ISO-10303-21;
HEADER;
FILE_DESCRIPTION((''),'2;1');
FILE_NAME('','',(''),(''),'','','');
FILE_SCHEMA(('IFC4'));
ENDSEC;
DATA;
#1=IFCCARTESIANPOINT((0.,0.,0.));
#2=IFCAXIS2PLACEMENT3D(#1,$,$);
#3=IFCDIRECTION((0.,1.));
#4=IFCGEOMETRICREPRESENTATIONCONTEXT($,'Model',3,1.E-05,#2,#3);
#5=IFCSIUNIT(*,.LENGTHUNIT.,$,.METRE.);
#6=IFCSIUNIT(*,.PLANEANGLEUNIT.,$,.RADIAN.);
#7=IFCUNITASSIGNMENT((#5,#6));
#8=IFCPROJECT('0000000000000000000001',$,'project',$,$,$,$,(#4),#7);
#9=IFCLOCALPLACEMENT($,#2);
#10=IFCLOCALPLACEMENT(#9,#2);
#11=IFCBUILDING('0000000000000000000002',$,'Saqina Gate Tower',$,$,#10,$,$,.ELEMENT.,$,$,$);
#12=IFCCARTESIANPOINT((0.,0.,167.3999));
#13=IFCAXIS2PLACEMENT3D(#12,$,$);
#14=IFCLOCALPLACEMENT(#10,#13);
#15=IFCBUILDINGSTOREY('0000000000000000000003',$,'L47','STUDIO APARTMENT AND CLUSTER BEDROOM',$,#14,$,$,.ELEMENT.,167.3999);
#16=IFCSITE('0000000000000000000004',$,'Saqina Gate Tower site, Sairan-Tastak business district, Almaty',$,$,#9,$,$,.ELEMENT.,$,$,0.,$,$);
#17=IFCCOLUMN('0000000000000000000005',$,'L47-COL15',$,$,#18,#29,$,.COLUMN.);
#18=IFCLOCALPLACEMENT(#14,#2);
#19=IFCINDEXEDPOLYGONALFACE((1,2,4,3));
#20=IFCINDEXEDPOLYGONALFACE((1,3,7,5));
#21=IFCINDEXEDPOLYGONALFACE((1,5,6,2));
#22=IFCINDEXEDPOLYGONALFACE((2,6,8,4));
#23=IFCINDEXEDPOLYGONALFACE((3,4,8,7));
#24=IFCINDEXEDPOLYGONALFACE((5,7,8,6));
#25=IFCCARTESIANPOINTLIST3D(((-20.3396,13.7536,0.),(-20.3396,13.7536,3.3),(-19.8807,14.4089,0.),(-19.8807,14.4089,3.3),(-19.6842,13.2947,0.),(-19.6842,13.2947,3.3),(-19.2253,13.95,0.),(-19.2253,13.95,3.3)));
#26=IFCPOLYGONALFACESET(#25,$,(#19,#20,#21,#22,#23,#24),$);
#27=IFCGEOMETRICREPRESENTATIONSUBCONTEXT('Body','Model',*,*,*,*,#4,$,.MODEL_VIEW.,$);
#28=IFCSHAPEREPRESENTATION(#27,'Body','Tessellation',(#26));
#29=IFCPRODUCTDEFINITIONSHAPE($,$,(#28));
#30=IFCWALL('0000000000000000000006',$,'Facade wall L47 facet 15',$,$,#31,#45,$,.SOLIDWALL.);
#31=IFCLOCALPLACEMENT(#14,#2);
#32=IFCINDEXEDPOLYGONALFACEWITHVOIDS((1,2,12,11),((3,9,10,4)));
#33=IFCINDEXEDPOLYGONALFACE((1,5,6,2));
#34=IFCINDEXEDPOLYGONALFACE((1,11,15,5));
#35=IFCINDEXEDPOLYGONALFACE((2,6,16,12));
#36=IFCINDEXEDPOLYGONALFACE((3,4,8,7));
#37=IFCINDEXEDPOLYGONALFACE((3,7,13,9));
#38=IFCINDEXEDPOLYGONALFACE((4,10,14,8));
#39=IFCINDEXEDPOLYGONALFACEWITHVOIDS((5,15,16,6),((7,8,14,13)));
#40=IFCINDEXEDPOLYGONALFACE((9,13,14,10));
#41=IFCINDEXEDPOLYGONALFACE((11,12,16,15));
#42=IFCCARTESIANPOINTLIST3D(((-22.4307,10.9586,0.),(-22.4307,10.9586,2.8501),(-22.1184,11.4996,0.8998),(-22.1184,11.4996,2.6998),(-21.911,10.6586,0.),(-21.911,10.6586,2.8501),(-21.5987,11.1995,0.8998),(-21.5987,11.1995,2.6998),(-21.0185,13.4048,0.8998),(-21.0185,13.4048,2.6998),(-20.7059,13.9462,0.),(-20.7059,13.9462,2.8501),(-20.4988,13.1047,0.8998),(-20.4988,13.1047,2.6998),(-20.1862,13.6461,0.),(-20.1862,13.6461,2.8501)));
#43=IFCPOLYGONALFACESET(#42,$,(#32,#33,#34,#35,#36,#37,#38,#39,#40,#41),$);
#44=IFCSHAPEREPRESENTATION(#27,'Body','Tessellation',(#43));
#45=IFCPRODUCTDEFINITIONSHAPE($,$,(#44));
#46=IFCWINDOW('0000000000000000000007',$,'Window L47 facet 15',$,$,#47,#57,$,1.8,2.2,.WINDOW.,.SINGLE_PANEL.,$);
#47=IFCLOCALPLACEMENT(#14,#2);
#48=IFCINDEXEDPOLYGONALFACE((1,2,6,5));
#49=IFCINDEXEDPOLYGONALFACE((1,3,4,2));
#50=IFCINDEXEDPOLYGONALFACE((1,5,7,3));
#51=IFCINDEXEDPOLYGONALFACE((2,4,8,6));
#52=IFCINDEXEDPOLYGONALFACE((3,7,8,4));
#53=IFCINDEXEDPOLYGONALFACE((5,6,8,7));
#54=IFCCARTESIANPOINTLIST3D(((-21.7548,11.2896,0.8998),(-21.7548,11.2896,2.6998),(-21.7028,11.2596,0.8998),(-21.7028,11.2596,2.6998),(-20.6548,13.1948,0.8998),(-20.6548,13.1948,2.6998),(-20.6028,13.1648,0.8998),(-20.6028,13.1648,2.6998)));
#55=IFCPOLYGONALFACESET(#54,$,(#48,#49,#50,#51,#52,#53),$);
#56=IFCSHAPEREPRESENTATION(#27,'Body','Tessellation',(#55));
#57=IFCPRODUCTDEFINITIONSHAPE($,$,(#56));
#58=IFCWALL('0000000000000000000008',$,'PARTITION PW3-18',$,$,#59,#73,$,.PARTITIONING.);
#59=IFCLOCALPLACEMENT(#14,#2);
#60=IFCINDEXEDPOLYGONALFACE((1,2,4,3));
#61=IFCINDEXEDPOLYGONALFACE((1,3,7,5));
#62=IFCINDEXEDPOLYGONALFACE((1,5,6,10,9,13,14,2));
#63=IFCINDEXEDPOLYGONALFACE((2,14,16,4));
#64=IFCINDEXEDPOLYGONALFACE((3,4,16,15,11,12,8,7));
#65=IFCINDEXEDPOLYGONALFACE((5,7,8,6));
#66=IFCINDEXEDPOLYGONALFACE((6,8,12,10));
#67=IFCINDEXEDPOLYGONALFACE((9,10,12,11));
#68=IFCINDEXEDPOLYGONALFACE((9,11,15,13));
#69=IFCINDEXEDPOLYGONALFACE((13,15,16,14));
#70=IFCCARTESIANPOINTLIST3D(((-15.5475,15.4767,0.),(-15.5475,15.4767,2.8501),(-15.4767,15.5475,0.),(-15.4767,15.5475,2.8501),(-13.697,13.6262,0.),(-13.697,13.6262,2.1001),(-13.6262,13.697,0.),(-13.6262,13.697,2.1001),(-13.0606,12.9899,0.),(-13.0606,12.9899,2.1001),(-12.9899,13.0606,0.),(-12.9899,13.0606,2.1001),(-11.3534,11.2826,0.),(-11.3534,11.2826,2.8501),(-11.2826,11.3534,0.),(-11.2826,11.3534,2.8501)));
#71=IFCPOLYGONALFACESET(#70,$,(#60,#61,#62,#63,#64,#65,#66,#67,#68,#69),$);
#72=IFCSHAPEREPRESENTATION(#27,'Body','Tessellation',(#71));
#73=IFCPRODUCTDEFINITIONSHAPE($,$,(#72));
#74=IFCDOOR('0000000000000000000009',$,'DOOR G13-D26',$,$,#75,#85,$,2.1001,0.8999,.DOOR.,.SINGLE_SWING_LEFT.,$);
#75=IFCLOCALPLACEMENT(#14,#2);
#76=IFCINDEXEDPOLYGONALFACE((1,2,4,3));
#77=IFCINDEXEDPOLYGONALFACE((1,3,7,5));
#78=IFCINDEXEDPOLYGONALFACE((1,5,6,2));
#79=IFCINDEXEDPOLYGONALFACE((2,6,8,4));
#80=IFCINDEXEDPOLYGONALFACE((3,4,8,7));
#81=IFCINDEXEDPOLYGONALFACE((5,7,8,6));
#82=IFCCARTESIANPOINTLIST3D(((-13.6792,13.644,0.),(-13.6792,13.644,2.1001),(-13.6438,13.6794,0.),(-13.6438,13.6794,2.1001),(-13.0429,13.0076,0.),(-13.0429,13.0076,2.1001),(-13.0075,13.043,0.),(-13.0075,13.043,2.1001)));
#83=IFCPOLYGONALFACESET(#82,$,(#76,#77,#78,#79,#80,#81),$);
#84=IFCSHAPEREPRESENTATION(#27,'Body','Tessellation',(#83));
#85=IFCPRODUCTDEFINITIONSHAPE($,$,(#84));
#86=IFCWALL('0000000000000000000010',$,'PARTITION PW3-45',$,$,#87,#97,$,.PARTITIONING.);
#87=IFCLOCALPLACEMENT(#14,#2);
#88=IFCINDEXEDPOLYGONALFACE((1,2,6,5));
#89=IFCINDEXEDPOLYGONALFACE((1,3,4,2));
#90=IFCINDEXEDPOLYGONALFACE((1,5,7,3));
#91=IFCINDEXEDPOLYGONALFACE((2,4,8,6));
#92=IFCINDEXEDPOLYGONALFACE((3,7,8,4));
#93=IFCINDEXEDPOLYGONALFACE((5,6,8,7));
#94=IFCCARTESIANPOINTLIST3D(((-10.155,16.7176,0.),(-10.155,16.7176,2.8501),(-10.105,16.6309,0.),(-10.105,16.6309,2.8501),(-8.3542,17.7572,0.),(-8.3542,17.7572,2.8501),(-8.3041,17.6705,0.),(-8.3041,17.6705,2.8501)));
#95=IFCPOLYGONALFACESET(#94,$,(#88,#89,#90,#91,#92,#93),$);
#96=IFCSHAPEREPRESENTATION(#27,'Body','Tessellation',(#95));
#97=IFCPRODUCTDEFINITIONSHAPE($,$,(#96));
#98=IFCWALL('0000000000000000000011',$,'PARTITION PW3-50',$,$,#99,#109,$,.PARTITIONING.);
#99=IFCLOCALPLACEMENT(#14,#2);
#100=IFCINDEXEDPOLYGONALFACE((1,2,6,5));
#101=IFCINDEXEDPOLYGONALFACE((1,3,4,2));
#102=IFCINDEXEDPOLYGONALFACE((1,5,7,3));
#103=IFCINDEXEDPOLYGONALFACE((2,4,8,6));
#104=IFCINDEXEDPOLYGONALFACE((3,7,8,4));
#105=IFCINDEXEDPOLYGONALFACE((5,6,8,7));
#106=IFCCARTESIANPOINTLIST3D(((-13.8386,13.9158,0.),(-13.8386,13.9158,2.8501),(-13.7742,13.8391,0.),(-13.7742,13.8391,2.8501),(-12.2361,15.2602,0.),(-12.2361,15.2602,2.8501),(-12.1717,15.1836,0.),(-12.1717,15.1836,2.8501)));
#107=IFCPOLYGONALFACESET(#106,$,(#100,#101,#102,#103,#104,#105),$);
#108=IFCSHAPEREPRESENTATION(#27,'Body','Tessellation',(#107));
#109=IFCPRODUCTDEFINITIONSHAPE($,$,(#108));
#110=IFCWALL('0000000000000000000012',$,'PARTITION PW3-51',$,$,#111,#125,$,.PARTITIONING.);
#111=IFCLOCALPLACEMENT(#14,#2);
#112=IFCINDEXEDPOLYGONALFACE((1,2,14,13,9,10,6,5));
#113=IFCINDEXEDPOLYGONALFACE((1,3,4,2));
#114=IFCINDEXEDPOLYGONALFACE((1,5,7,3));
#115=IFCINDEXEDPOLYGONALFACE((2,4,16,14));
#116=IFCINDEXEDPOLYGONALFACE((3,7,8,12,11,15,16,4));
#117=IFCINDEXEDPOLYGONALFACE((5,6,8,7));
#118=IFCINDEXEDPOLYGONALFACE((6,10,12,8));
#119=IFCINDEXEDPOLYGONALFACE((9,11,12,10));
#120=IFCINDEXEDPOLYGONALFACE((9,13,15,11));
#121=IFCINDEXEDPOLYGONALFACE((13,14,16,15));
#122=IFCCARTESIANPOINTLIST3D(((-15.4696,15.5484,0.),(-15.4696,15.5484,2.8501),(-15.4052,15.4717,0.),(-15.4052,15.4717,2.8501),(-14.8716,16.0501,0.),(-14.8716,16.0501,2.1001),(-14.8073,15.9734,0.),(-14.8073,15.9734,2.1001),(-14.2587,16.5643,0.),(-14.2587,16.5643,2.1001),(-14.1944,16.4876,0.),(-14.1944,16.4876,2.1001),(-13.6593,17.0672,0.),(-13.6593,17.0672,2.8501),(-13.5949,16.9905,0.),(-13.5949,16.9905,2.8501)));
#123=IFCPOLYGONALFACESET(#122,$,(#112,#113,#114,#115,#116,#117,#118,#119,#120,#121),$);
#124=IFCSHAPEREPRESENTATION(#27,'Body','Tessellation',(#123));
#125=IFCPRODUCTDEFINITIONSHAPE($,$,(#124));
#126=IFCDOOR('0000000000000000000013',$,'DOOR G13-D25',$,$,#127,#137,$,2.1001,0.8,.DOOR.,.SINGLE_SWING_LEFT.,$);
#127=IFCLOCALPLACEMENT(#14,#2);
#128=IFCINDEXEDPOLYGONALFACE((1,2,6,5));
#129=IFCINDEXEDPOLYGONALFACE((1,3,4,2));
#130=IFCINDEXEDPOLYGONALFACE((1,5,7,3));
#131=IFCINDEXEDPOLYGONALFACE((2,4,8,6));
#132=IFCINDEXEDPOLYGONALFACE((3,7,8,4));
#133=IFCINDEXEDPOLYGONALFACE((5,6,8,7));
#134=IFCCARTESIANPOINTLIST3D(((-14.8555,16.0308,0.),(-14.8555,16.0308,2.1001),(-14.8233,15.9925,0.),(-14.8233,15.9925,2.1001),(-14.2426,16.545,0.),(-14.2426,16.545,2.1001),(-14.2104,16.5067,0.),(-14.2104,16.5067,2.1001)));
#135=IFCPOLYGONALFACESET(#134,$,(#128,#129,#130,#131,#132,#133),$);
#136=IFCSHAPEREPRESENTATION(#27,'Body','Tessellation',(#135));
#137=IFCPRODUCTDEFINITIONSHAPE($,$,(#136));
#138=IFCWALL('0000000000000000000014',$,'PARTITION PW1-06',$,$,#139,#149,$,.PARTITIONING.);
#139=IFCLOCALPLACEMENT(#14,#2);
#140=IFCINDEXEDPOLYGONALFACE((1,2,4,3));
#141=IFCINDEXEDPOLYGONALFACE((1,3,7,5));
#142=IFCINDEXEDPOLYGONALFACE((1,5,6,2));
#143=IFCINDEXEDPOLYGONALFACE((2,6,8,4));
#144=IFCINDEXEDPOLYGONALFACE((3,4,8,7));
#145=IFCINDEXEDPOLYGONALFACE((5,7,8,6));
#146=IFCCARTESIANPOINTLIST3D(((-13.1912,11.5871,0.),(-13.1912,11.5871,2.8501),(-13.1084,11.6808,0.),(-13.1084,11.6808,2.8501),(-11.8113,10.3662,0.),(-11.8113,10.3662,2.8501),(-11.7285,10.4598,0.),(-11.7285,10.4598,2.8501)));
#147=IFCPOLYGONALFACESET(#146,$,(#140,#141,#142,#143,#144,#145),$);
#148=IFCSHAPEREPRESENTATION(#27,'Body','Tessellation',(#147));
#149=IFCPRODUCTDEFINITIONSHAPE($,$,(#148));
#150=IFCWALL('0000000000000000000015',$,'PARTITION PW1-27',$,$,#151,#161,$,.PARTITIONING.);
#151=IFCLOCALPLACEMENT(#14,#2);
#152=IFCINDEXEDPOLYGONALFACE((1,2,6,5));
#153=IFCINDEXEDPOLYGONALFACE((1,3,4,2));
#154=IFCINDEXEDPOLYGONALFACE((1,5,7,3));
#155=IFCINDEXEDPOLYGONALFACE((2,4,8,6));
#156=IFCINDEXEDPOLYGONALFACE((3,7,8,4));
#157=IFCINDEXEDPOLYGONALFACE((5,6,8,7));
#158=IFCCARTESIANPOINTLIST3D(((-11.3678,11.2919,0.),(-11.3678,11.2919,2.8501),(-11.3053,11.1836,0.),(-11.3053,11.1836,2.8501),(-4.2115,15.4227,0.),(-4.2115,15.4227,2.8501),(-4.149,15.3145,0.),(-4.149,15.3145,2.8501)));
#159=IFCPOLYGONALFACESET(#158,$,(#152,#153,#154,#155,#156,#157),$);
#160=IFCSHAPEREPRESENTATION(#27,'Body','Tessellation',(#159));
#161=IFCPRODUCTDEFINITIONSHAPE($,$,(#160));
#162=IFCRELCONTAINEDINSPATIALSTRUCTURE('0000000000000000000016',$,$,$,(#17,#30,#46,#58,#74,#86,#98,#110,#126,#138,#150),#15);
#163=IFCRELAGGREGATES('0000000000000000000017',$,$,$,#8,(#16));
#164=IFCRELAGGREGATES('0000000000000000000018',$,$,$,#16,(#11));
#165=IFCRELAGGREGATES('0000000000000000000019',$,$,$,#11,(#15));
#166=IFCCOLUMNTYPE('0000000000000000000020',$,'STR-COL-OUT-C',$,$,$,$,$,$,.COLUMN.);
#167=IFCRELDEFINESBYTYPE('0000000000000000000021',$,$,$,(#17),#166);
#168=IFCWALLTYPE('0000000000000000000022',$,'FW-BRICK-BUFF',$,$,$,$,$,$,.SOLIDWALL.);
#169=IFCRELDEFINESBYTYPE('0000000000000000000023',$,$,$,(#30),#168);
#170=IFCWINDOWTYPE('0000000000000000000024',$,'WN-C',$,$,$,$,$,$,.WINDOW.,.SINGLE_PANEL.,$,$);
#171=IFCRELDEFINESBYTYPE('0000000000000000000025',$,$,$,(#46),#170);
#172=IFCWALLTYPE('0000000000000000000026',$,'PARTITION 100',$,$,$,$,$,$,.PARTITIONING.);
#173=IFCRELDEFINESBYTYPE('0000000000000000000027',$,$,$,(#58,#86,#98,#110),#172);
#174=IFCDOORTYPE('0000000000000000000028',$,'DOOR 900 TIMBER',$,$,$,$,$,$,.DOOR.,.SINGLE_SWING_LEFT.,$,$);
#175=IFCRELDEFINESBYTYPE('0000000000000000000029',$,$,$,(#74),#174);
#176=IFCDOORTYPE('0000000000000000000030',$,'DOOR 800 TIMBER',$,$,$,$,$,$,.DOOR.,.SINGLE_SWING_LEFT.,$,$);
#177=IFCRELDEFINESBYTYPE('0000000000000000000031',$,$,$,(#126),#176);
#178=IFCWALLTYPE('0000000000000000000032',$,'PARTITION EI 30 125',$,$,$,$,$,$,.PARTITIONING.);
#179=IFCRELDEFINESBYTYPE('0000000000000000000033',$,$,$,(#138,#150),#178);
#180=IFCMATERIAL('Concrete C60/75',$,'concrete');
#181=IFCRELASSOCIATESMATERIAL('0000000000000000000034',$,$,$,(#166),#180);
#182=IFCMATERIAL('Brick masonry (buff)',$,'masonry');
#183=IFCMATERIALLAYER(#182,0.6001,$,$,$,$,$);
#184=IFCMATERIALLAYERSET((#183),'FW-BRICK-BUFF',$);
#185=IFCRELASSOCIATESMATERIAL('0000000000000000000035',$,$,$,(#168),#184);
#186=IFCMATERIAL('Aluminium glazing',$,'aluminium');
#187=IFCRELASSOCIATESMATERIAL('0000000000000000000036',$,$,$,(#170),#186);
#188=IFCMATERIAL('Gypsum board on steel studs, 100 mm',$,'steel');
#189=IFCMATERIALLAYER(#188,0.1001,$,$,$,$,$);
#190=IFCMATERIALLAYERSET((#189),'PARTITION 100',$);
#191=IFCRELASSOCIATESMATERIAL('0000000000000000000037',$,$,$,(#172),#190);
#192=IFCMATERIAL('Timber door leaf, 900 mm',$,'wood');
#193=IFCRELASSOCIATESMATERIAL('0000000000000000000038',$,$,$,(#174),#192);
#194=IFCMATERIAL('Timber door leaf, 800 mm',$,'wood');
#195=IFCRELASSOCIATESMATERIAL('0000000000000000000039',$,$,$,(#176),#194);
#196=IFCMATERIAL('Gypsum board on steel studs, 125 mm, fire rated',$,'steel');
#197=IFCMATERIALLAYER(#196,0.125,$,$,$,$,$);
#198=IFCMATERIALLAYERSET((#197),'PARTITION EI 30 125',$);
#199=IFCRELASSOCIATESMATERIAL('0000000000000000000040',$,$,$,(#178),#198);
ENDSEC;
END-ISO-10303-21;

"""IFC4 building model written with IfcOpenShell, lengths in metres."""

from ifc_helpers import new_model, si_unit, direction, frame, frame_2d, origin, origin_2d, place, context, subcontext, project, spatial, rectangle, extrude, material, layer, layer_set, material_profile, profile_set, type_object, element, fill, save


model = new_model("IFC4")

# Units and contexts
model_context = context("Model", 3, precision=1e-05, world=origin(), true_north=direction((0.0, 1.0)))
body_context = subcontext(model_context, "Body", "Model", "MODEL_VIEW")
ifc_project = project(units=[si_unit("LENGTHUNIT", "METRE"), si_unit("PLANEANGLEUNIT", "RADIAN")], contexts=[model_context])

# Site, building, storey
site_placement = place(None, origin())
site = spatial("IfcSite", under=ifc_project, at=site_placement, Name="Saqina Gate Tower site, Sairan-Tastak business district, Almaty", CompositionType="ELEMENT", RefElevation=0.0)
building_placement = place(site_placement, origin())
building = spatial("IfcBuilding", under=site, at=building_placement, Name="Saqina Gate Tower", CompositionType="ELEMENT")
storey_placement = place(building_placement, frame((0.0, 0.0, 167.3999)))
storey = spatial("IfcBuildingStorey", under=building, at=storey_placement, Name="L47", Description="STUDIO APARTMENT AND CLUSTER BEDROOM", CompositionType="ELEMENT", Elevation=167.3999)

# Column
ifc_material_1 = material(Name="Concrete C60/75", Category="concrete")
ifc_material_profile = material_profile(ifc_material_1, rectangle(XDim=0.8, YDim=0.8, at=origin_2d()), Name="RC 800x800")
ifc_profile_set = profile_set([ifc_material_profile], Name="Concrete C60/75")
column_type = type_object("IfcColumnType", Name="STR-COL-OUT-C", PredefinedType="COLUMN", material=ifc_profile_set)
column_placement = place(storey_placement, frame((-19.7825, 13.8518, 0.0), z_axis=(0.0, 0.0, 1.0), x_axis=(-0.819152, 0.573576, 0.0)))
element("IfcColumn", 1, at=column_placement, inside=storey, type_object=column_type, Name="L47-COL15", PredefinedType="COLUMN", context=body_context, shape_type="SweptSolid", body=[
    extrude(rectangle(XDim=0.8, YDim=0.8, at=origin_2d()), origin(), (0.0, 0.0, 1.0), 3.3),
])

# Wall, opening, window
ifc_material_2 = material(Name="Brick masonry (buff)", Category="masonry")
ifc_layer_1 = layer(ifc_material_2, 0.6001)
ifc_layer_set_1 = layer_set([ifc_layer_1], Name="FW-BRICK-BUFF")
wall_type_1 = type_object("IfcWallType", Name="FW-BRICK-BUFF", PredefinedType="SOLIDWALL", material=ifc_layer_set_1)
wall_1_placement = place(storey_placement, frame((-20.446, 13.7961, 0.0), z_axis=(0.0, 0.0, 1.0), x_axis=(-0.499998, -0.866026, 0.0)))
wall_1 = element("IfcWall", 2, at=wall_1_placement, inside=storey, type_object=wall_type_1, Name="Facade wall L47 facet 15", PredefinedType="SOLIDWALL", context=body_context, shape_type="SweptSolid", body=[
    extrude(rectangle(XDim=3.4497, YDim=0.6001, at=frame_2d((1.7249, 0.0))), origin(), (0.0, 0.0, 1.0), 2.8501),
])
opening_1_placement = place(wall_1_placement, frame((0.625, 0.0, 0.8999)))
opening_1 = element("IfcOpeningElement", 3, at=opening_1_placement, cuts=wall_1, PredefinedType="OPENING", context=body_context, shape_type="SweptSolid", body=[
    extrude(rectangle(XDim=2.2, YDim=1.8, at=frame_2d((1.1001, 0.8999))), frame((0.0, 0.312, 0.0), z_axis=(0.0, -1.0, 0.0), x_axis=(1.0, 0.0, 0.0)), (0.0, 0.0, 1.0), 0.624),
])
ifc_material_3 = material(Name="Aluminium glazing", Category="aluminium")
window_type = type_object("IfcWindowType", Name="WN-C", PartitioningType="SINGLE_PANEL", PredefinedType="WINDOW", material=ifc_material_3)
window_placement = place(opening_1_placement, origin())
window = element("IfcWindow", 4, at=window_placement, inside=storey, type_object=window_type, Name="Window L47 facet 15", OverallHeight=1.8, OverallWidth=2.2, PartitioningType="SINGLE_PANEL", PredefinedType="WINDOW", context=body_context, shape_type="SweptSolid", body=[
    extrude(rectangle(XDim=2.2, YDim=1.8, at=frame_2d((1.1001, 0.8999))), frame((0.0, 0.1799, 0.0), z_axis=(0.0, -1.0, 0.0), x_axis=(1.0, 0.0, 0.0)), (0.0, 0.0, 1.0), 0.0601),
])
fill(opening_1, window)

# Wall, opening, door
ifc_material_4 = material(Name="Gypsum board on steel studs, 100 mm", Category="steel")
ifc_layer_2 = layer(ifc_material_4, 0.1001)
ifc_layer_set_2 = layer_set([ifc_layer_2], Name="PARTITION 100")
wall_type_2 = type_object("IfcWallType", Name="PARTITION 100", PredefinedType="PARTITIONING", material=ifc_layer_set_2)
wall_2_placement = place(storey_placement, frame((-15.5122, 15.5122, 0.0), z_axis=(0.0, 0.0, 1.0), x_axis=(0.707107, -0.707107, 0.0)))
wall_2 = element("IfcWall", 5, at=wall_2_placement, inside=storey, type_object=wall_type_2, Name="PARTITION PW3-18", PredefinedType="PARTITIONING", context=body_context, shape_type="SweptSolid", body=[
    extrude(rectangle(XDim=5.9314, YDim=0.1001, at=frame_2d((2.9658, 0.0))), origin(), (0.0, 0.0, 1.0), 2.8501),
])
opening_2_placement = place(wall_2_placement, frame((2.6172, 0.0, 0.0)))
opening_2 = element("IfcOpeningElement", 6, at=opening_2_placement, cuts=wall_2, PredefinedType="OPENING", context=body_context, shape_type="SweptSolid", body=[
    extrude(rectangle(XDim=0.8999, YDim=2.1001, at=frame_2d((0.45, 1.05))), frame((0.0, 0.062, 0.0), z_axis=(0.0, -1.0, 0.0), x_axis=(1.0, 0.0, 0.0)), (0.0, 0.0, 1.0), 0.124),
])
ifc_material_5 = material(Name="Timber door leaf, 900 mm", Category="wood")
door_type_1 = type_object("IfcDoorType", Name="DOOR 900 TIMBER", OperationType="SINGLE_SWING_LEFT", PredefinedType="DOOR", material=ifc_material_5)
door_1_placement = place(opening_2_placement, frame((0.8999, 0.0, 0.0), z_axis=(0.0, 0.0, 1.0), x_axis=(-1.0, 0.0, 0.0)))
door_1 = element("IfcDoor", 7, at=door_1_placement, inside=storey, type_object=door_type_1, Name="DOOR G13-D26", OperationType="SINGLE_SWING_LEFT", OverallHeight=2.1001, OverallWidth=0.8999, PredefinedType="DOOR", context=body_context, shape_type="SweptSolid", body=[
    extrude(rectangle(XDim=0.8999, YDim=2.1001, at=frame_2d((0.45, 1.05))), frame((0.0, 0.0249, 0.0), z_axis=(0.0, -1.0, 0.0), x_axis=(1.0, 0.0, 0.0)), (0.0, 0.0, 1.0), 0.05),
])
fill(opening_2, door_1)

# Walls
wall_3_placement = place(storey_placement, frame((-10.1299, 16.6743, 0.0), z_axis=(0.0, 0.0, 1.0), x_axis=(0.866053, 0.499953, 0.0)))
element("IfcWall", 8, at=wall_3_placement, inside=storey, type_object=wall_type_2, Name="PARTITION PW3-45", PredefinedType="PARTITIONING", context=body_context, shape_type="SweptSolid", body=[
    extrude(rectangle(XDim=2.0793, YDim=0.1001, at=frame_2d((1.0396, 0.0))), origin(), (0.0, 0.0, 1.0), 2.8501),
])
wall_4_placement = place(storey_placement, frame((-13.8064, 13.8774, 0.0), z_axis=(0.0, 0.0, 1.0), x_axis=(0.766093, 0.642729, 0.0)))
element("IfcWall", 9, at=wall_4_placement, inside=storey, type_object=wall_type_2, Name="PARTITION PW3-50", PredefinedType="PARTITIONING", context=body_context, shape_type="SweptSolid", body=[
    extrude(rectangle(XDim=2.0918, YDim=0.1001, at=frame_2d((1.0459, 0.0))), origin(), (0.0, 0.0, 1.0), 2.8501),
])

# Wall, opening, door
wall_5_placement = place(storey_placement, frame((-15.4375, 15.51, 0.0), z_axis=(0.0, 0.0, 1.0), x_axis=(0.766091, 0.642732, 0.0)))
wall_5 = element("IfcWall", 10, at=wall_5_placement, inside=storey, type_object=wall_type_2, Name="PARTITION PW3-51", PredefinedType="PARTITIONING", context=body_context, shape_type="SweptSolid", body=[
    extrude(rectangle(XDim=2.363, YDim=0.1001, at=frame_2d((1.1816, 0.0))), origin(), (0.0, 0.0, 1.0), 2.8501),
])
opening_3_placement = place(wall_5_placement, frame((0.7808, 0.0, 0.0)))
opening_3 = element("IfcOpeningElement", 11, at=opening_3_placement, cuts=wall_5, PredefinedType="OPENING", context=body_context, shape_type="SweptSolid", body=[
    extrude(rectangle(XDim=0.8, YDim=2.1001, at=frame_2d((0.3999, 1.05))), frame((0.0, 0.062, 0.0), z_axis=(0.0, -1.0, 0.0), x_axis=(1.0, 0.0, 0.0)), (0.0, 0.0, 1.0), 0.124),
])
ifc_material_6 = material(Name="Timber door leaf, 800 mm", Category="wood")
door_type_2 = type_object("IfcDoorType", Name="DOOR 800 TIMBER", OperationType="SINGLE_SWING_LEFT", PredefinedType="DOOR", material=ifc_material_6)
door_2_placement = place(opening_3_placement, origin())
door_2 = element("IfcDoor", 12, at=door_2_placement, inside=storey, type_object=door_type_2, Name="DOOR G13-D25", OperationType="SINGLE_SWING_LEFT", OverallHeight=2.1001, OverallWidth=0.8, PredefinedType="DOOR", context=body_context, shape_type="SweptSolid", body=[
    extrude(rectangle(XDim=0.8, YDim=2.1001, at=frame_2d((0.3999, 1.05))), frame((0.0, 0.0249, 0.0), z_axis=(0.0, -1.0, 0.0), x_axis=(1.0, 0.0, 0.0)), (0.0, 0.0, 1.0), 0.05),
])
fill(opening_3, door_2)

# Walls
ifc_material_7 = material(Name="Gypsum board on steel studs, 125 mm, fire rated", Category="steel")
ifc_layer_3 = layer(ifc_material_7, 0.125)
ifc_layer_set_3 = layer_set([ifc_layer_3], Name="PARTITION EI 30 125")
wall_type_3 = type_object("IfcWallType", Name="PARTITION EI 30 125", PredefinedType="PARTITIONING", material=ifc_layer_set_3)
wall_6_placement = place(storey_placement, frame((-13.1499, 11.634, 0.0), z_axis=(0.0, 0.0, 1.0), x_axis=(0.748921, -0.66266, 0.0)))
element("IfcWall", 13, at=wall_6_placement, inside=storey, type_object=wall_type_3, Name="PARTITION PW1-06", PredefinedType="PARTITIONING", context=body_context, shape_type="SweptSolid", body=[
    extrude(rectangle(XDim=1.8425, YDim=0.125, at=frame_2d((0.9214, 0.0))), origin(), (0.0, 0.0, 1.0), 2.8501),
])
wall_7_placement = place(storey_placement, frame((-11.3364, 11.2378, 0.0), z_axis=(0.0, 0.0, 1.0), x_axis=(0.866068, 0.499927, 0.0)))
element("IfcWall", 14, at=wall_7_placement, inside=storey, type_object=wall_type_3, Name="PARTITION PW1-27", PredefinedType="PARTITIONING", context=body_context, shape_type="SweptSolid", body=[
    extrude(rectangle(XDim=8.2629, YDim=0.125, at=frame_2d((4.1313, 0.0))), origin(), (0.0, 0.0, 1.0), 2.8501),
])

save(model, "model.ifc")
